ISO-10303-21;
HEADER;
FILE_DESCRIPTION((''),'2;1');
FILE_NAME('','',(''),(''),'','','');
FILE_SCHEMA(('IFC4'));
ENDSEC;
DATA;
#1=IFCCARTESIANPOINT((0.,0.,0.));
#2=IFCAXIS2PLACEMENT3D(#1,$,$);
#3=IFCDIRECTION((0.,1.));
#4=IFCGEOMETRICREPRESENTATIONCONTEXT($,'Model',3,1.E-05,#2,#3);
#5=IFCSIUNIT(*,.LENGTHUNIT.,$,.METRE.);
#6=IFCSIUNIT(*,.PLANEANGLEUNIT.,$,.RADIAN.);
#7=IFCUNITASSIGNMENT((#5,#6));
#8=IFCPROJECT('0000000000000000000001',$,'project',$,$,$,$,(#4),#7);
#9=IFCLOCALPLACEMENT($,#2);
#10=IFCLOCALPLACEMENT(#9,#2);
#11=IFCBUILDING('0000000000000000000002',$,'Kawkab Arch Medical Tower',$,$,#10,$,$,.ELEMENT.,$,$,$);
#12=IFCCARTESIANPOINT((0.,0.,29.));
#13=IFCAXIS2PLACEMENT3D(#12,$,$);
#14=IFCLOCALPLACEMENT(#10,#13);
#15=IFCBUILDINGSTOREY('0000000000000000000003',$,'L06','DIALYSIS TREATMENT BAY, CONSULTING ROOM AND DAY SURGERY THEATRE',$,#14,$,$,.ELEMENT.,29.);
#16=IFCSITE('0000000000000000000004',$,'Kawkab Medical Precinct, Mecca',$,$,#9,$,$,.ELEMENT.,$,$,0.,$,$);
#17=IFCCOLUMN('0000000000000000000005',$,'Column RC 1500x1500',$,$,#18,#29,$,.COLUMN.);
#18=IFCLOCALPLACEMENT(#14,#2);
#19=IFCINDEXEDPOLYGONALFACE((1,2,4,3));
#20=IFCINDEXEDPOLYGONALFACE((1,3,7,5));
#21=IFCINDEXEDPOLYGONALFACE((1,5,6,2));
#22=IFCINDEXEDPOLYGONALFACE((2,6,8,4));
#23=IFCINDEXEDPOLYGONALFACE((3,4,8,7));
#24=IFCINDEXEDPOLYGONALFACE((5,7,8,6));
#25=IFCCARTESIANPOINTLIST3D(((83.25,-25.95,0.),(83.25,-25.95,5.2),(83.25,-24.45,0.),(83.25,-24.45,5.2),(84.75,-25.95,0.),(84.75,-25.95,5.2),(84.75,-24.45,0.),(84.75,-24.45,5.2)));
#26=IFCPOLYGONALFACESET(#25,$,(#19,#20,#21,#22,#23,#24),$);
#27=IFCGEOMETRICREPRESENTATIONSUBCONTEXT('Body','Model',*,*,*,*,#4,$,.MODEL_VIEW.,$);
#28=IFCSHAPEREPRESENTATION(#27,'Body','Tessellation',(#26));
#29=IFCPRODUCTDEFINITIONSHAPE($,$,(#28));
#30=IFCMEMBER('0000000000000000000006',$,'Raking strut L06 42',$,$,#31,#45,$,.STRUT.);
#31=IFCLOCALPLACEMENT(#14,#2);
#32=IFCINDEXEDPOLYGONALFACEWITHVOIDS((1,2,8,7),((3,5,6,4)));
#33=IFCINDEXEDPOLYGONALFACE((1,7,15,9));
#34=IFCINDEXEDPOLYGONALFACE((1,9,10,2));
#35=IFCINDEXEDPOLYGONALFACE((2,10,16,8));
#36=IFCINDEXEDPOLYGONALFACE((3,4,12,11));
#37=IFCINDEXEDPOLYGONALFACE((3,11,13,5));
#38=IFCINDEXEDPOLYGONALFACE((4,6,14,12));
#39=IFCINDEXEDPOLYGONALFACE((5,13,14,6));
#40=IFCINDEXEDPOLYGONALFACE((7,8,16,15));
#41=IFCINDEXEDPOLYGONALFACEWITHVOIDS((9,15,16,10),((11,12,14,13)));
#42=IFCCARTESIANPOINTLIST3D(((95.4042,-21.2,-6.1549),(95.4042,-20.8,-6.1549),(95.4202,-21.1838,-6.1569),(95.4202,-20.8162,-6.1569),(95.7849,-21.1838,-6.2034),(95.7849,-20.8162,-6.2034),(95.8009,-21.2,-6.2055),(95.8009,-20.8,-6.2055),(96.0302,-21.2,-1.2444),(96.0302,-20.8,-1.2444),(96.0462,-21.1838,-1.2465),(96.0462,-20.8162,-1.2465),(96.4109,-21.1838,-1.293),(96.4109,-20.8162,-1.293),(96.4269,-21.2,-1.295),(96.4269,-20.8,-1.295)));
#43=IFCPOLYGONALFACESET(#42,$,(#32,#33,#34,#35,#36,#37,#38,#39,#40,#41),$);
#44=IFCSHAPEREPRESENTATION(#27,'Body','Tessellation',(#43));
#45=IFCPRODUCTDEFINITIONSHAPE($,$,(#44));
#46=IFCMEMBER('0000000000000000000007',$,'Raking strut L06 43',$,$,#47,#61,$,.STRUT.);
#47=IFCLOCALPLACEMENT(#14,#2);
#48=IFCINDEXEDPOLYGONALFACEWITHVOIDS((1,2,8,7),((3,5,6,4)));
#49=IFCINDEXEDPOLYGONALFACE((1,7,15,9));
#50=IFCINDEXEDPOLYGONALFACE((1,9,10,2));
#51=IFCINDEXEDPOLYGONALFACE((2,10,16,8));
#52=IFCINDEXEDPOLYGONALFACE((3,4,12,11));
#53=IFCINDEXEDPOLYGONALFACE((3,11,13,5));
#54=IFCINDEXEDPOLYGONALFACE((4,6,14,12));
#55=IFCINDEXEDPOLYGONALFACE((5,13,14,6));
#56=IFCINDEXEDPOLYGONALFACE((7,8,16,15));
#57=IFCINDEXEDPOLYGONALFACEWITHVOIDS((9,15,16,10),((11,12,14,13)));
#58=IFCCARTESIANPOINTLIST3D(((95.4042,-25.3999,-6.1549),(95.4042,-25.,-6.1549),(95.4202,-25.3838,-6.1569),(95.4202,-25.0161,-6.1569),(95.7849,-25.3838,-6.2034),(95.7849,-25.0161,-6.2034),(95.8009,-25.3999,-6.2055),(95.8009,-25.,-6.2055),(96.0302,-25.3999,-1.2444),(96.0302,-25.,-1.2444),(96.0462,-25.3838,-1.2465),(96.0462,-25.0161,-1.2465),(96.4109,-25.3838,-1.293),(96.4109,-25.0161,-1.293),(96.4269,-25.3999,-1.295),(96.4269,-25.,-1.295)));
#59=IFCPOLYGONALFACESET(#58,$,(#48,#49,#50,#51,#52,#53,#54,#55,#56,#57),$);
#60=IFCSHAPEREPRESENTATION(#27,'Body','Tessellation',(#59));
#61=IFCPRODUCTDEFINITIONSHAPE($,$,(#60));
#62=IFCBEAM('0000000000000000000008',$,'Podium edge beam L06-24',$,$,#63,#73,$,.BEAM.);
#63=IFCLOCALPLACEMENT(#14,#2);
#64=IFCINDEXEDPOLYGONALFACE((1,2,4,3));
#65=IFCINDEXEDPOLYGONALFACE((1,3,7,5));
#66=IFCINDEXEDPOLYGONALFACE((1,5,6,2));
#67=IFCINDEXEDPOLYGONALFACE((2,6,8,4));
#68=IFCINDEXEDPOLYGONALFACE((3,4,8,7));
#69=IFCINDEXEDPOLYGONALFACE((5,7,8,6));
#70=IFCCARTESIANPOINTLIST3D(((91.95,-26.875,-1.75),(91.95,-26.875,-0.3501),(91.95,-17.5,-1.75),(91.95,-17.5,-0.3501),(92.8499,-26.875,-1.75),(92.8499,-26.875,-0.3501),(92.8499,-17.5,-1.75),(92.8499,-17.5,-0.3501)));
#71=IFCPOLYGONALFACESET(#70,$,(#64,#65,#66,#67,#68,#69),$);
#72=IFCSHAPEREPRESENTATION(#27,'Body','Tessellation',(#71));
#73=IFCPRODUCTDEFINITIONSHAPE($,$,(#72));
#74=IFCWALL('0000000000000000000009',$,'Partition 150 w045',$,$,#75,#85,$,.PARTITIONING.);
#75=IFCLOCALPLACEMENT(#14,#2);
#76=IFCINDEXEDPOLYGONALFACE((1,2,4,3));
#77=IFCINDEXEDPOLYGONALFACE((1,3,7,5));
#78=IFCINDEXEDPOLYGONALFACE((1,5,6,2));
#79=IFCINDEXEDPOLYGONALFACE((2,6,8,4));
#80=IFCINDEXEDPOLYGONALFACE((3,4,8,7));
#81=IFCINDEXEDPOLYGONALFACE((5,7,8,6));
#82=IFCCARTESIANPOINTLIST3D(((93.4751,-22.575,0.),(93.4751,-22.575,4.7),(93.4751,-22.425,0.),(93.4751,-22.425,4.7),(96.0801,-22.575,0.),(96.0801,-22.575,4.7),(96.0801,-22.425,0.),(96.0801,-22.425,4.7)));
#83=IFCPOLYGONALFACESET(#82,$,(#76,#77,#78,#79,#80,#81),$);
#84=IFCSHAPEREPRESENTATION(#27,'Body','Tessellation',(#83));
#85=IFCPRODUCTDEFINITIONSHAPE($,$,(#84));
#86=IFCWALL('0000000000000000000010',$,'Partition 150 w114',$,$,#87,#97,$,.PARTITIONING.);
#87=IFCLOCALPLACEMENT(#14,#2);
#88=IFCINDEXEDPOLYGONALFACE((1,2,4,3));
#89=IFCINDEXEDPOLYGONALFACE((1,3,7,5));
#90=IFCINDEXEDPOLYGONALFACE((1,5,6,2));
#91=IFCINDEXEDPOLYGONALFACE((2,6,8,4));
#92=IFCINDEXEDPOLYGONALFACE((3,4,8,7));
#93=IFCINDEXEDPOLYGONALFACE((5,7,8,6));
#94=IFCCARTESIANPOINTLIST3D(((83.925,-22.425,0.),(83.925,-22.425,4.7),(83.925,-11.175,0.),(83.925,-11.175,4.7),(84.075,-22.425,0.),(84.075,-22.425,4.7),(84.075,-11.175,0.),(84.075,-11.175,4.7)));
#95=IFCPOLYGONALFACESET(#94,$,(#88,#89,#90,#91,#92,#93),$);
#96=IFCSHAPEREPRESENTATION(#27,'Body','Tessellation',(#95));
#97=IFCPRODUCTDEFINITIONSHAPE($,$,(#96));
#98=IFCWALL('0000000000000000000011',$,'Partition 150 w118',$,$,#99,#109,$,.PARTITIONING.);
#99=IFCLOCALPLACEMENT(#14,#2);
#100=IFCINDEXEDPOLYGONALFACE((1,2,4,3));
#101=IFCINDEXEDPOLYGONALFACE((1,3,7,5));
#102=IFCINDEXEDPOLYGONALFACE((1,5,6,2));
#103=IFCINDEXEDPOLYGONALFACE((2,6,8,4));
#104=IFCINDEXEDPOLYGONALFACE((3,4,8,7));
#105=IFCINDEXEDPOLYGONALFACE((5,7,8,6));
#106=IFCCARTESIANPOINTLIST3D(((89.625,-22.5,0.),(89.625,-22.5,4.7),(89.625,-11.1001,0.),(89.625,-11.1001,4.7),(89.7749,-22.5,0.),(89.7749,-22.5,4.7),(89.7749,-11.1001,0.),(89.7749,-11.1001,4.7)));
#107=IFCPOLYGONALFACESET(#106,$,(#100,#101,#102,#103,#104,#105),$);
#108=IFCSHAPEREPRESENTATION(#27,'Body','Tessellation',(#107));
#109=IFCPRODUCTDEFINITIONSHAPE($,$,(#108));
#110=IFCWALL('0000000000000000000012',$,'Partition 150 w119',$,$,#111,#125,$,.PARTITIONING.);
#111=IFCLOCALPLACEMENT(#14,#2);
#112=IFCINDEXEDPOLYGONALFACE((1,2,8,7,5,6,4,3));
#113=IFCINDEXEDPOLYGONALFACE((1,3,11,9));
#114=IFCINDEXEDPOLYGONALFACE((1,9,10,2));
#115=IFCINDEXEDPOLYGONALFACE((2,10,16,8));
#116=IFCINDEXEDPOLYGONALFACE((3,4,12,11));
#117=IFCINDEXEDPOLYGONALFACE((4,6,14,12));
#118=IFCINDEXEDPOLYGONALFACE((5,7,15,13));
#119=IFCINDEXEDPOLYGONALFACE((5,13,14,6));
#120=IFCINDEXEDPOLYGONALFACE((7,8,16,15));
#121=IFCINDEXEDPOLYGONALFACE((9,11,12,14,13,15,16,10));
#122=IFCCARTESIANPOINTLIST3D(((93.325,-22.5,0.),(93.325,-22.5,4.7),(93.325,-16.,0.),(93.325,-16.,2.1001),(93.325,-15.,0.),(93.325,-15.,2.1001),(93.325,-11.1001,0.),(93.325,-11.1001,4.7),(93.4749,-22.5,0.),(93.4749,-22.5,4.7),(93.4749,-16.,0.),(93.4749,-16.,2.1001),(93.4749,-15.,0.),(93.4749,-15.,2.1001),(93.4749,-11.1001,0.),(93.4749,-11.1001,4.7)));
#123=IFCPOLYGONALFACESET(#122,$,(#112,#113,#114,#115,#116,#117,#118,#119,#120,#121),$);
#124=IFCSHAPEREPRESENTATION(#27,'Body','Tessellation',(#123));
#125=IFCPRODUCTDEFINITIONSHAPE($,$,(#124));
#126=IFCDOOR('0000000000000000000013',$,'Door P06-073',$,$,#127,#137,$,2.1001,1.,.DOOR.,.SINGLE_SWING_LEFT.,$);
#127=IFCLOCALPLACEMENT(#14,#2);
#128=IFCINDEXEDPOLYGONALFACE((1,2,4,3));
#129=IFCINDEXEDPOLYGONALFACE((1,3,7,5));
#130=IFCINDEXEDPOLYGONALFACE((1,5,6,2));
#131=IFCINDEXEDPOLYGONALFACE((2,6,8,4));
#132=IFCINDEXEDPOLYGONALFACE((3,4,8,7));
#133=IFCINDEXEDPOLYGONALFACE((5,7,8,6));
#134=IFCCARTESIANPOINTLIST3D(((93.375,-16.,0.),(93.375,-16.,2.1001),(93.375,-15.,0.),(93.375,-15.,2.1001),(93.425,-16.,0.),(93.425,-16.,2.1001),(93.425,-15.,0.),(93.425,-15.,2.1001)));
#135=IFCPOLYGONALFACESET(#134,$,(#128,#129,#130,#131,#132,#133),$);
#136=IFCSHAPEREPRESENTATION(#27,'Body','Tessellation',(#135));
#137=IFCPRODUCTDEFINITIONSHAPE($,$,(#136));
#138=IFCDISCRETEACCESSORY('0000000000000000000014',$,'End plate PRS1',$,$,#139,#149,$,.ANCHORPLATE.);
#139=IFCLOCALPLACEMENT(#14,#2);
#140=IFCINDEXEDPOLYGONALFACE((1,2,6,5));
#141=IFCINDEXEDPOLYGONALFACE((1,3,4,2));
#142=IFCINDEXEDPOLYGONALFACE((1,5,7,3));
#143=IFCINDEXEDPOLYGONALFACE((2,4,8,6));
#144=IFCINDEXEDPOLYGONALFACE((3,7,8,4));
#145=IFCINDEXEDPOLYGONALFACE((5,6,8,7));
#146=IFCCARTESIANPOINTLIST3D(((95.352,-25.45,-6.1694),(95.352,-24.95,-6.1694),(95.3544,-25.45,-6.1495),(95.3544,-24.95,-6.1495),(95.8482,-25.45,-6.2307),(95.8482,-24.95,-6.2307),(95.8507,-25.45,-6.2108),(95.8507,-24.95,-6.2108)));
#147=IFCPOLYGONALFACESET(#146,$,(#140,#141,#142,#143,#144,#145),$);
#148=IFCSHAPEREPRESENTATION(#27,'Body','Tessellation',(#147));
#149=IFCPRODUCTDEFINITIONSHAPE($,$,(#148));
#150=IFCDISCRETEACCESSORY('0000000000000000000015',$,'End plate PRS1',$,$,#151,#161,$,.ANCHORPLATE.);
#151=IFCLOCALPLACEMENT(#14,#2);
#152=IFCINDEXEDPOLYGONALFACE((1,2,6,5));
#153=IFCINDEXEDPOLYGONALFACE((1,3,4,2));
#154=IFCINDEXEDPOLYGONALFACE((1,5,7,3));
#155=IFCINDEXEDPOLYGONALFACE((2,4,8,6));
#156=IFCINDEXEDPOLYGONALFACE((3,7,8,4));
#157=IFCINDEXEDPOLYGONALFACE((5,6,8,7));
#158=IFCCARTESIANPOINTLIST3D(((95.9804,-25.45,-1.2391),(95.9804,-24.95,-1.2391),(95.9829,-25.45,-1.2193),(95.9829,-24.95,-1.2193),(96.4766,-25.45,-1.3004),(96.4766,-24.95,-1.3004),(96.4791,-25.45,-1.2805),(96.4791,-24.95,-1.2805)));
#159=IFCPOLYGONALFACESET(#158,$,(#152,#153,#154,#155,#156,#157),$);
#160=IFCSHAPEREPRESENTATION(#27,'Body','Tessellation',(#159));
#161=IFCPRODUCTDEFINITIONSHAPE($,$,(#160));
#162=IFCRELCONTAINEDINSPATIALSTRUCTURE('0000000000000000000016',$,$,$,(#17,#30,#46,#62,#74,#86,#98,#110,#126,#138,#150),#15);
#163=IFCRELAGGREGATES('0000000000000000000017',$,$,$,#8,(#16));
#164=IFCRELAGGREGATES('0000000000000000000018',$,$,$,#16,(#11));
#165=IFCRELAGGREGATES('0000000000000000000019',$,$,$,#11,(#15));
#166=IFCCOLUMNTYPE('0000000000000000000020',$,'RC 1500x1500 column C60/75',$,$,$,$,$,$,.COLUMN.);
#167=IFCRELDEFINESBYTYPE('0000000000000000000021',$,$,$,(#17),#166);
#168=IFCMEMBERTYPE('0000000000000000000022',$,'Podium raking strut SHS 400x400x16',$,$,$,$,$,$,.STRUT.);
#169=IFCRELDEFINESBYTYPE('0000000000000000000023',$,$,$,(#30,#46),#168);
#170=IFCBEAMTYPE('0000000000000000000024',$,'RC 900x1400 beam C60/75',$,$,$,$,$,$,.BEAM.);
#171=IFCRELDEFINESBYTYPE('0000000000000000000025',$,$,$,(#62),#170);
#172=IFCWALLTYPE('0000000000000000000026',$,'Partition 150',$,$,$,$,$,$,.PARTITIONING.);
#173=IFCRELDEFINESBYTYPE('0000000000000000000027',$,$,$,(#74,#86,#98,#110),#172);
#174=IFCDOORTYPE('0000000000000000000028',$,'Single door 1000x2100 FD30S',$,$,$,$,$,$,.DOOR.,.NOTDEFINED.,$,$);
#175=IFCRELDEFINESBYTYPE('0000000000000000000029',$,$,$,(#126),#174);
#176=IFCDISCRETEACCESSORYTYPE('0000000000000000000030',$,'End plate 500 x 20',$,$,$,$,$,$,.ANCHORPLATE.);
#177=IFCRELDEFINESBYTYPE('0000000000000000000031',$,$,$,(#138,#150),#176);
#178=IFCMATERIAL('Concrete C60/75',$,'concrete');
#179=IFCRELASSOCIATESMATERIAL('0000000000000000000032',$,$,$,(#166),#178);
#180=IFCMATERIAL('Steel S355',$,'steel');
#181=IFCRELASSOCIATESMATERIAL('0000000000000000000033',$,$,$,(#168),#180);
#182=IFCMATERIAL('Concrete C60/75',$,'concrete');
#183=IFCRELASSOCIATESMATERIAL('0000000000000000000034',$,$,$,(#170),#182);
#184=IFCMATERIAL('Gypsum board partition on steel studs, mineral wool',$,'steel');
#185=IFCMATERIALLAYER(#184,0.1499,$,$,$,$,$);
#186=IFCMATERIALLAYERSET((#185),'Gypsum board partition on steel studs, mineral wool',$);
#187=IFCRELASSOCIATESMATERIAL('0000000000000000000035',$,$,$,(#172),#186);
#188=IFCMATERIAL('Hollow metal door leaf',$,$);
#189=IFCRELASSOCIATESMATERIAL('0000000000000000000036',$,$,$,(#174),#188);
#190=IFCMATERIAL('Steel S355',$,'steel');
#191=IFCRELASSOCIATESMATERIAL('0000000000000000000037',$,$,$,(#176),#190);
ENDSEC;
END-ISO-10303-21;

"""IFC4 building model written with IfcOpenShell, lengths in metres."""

from ifc_helpers import new_model, si_unit, direction, frame, frame_2d, origin, origin_2d, place, context, subcontext, project, spatial, rectangle, hollow_rectangle, extrude, material, layer, layer_set, material_profile, profile_set, type_object, element, fill, save


model = new_model("IFC4")

# Units and contexts
model_context = context("Model", 3, precision=1e-05, world=origin(), true_north=direction((0.0, 1.0)))
body_context = subcontext(model_context, "Body", "Model", "MODEL_VIEW")
ifc_project = project(units=[si_unit("LENGTHUNIT", "METRE"), si_unit("PLANEANGLEUNIT", "RADIAN")], contexts=[model_context])

# Site, building, storey
site_placement = place(None, origin())
site = spatial("IfcSite", under=ifc_project, at=site_placement, Name="Kawkab Medical Precinct, Mecca", CompositionType="ELEMENT", RefElevation=0.0)
building_placement = place(site_placement, origin())
building = spatial("IfcBuilding", under=site, at=building_placement, Name="Kawkab Arch Medical Tower", CompositionType="ELEMENT")
storey_placement = place(building_placement, frame((0.0, 0.0, 29.0)))
storey = spatial("IfcBuildingStorey", under=building, at=storey_placement, Name="L06", Description="DIALYSIS TREATMENT BAY, CONSULTING ROOM AND DAY SURGERY THEATRE", CompositionType="ELEMENT", Elevation=29.0)

# Column
ifc_material_1 = material(Name="Concrete C60/75", Category="concrete")
ifc_material_profile_1 = material_profile(ifc_material_1, rectangle(XDim=1.5, YDim=1.5, at=origin_2d()), Name="RC 1500x1500")
ifc_profile_set_1 = profile_set([ifc_material_profile_1], Name="Concrete C60/75")
column_type = type_object("IfcColumnType", Name="RC 1500x1500 column C60/75", PredefinedType="COLUMN", material=ifc_profile_set_1)
column_placement = place(storey_placement, frame((84.0, -25.2, 0.0), z_axis=(0.0, 0.0, 1.0), x_axis=(1.0, 0.0, 0.0)))
element("IfcColumn", 1, at=column_placement, inside=storey, type_object=column_type, Name="Column RC 1500x1500", PredefinedType="COLUMN", context=body_context, shape_type="SweptSolid", body=[
    extrude(rectangle(XDim=1.5, YDim=1.5, at=origin_2d()), origin(), (0.0, 0.0, 1.0), 5.2),
])

# Members
ifc_material_2 = material(Name="Steel S355", Category="steel")
ifc_material_profile_2 = material_profile(ifc_material_2, hollow_rectangle(XDim=0.3999, YDim=0.3999, WallThickness=0.0161, at=origin_2d()), Name="SHS 400x400x16")
ifc_profile_set_2 = profile_set([ifc_material_profile_2], Name="Steel S355")
member_type = type_object("IfcMemberType", Name="Podium raking strut SHS 400x400x16", PredefinedType="STRUT", material=ifc_profile_set_2)
for number, where, z_axis, x_axis, name in (
    (2, (95.6025, -21.0, -6.1802), (0.126456, 0.0, 0.991972), (0.0, 1.0, 0.0), "Raking strut L06 42"),
    (3, (95.6025, -25.2, -6.1802), (0.126456, 0.0, 0.991972), (0.0, 1.0, 0.0), "Raking strut L06 43"),
):
    element("IfcMember", number, at=place(storey_placement, frame(where, z_axis=z_axis, x_axis=x_axis)), inside=storey, type_object=member_type, Name=name, PredefinedType="STRUT", context=body_context, shape_type="SweptSolid", body=[
        extrude(hollow_rectangle(XDim=0.3999, YDim=0.3999, WallThickness=0.0161, at=origin_2d()), origin(), (0.0, 0.0, 1.0), 4.9502),
    ])

# Beam
ifc_material_3 = material(Name="Concrete C60/75", Category="concrete")
ifc_material_profile_3 = material_profile(ifc_material_3, rectangle(XDim=0.8999, YDim=1.3999, at=origin_2d()), Name="RC 900x1400")
ifc_profile_set_3 = profile_set([ifc_material_profile_3], Name="Concrete C60/75")
beam_type = type_object("IfcBeamType", Name="RC 900x1400 beam C60/75", PredefinedType="BEAM", material=ifc_profile_set_3)
beam_placement = place(storey_placement, frame((92.3999, -26.875, -1.05), z_axis=(0.0, 1.0, 0.0), x_axis=(-1.0, 0.0, 0.0)))
element("IfcBeam", 4, at=beam_placement, inside=storey, type_object=beam_type, Name="Podium edge beam L06-24", PredefinedType="BEAM", context=body_context, shape_type="SweptSolid", body=[
    extrude(rectangle(XDim=0.8999, YDim=1.3999, at=origin_2d()), origin(), (0.0, 0.0, 1.0), 9.375),
])

# Walls
ifc_material_4 = material(Name="Gypsum board partition on steel studs, mineral wool", Category="steel")
ifc_layer = layer(ifc_material_4, 0.1499)
ifc_layer_set = layer_set([ifc_layer], Name="Gypsum board partition on steel studs, mineral wool")
wall_type = type_object("IfcWallType", Name="Partition 150", PredefinedType="PARTITIONING", material=ifc_layer_set)
wall_1_placement = place(storey_placement, frame((93.4751, -22.5, 0.0), z_axis=(0.0, 0.0, 1.0), x_axis=(1.0, 0.0, 0.0)))
element("IfcWall", 5, at=wall_1_placement, inside=storey, type_object=wall_type, Name="Partition 150 w045", PredefinedType="PARTITIONING", context=body_context, shape_type="SweptSolid", body=[
    extrude(rectangle(XDim=2.605, YDim=0.1499, at=frame_2d((1.3025, 0.0))), origin(), (0.0, 0.0, 1.0), 4.7),
])
wall_2_placement = place(storey_placement, frame((84.0, -22.425, 0.0), z_axis=(0.0, 0.0, 1.0), x_axis=(0.0, 1.0, 0.0)))
element("IfcWall", 6, at=wall_2_placement, inside=storey, type_object=wall_type, Name="Partition 150 w114", PredefinedType="PARTITIONING", context=body_context, shape_type="SweptSolid", body=[
    extrude(rectangle(XDim=11.25, YDim=0.1499, at=frame_2d((5.625, 0.0))), origin(), (0.0, 0.0, 1.0), 4.7),
])
wall_3_placement = place(storey_placement, frame((89.7, -22.5, 0.0), z_axis=(0.0, 0.0, 1.0), x_axis=(0.0, 1.0, 0.0)))
element("IfcWall", 7, at=wall_3_placement, inside=storey, type_object=wall_type, Name="Partition 150 w118", PredefinedType="PARTITIONING", context=body_context, shape_type="SweptSolid", body=[
    extrude(rectangle(XDim=11.3999, YDim=0.1499, at=frame_2d((5.7, 0.0))), origin(), (0.0, 0.0, 1.0), 4.7),
])

# Wall, opening, door
wall_4_placement = place(storey_placement, frame((93.3999, -22.5, 0.0), z_axis=(0.0, 0.0, 1.0), x_axis=(0.0, 1.0, 0.0)))
wall_4 = element("IfcWall", 8, at=wall_4_placement, inside=storey, type_object=wall_type, Name="Partition 150 w119", PredefinedType="PARTITIONING", context=body_context, shape_type="SweptSolid", body=[
    extrude(rectangle(XDim=11.3999, YDim=0.1499, at=frame_2d((5.7, 0.0))), origin(), (0.0, 0.0, 1.0), 4.7),
])
opening_placement = place(wall_4_placement, frame((6.5, 0.0, 0.0)))
opening = element("IfcOpeningElement", 9, at=opening_placement, cuts=wall_4, PredefinedType="OPENING", context=body_context, shape_type="SweptSolid", body=[
    extrude(rectangle(XDim=1.0, YDim=2.1001, at=frame_2d((0.5, 1.05))), frame((0.0, 0.085, 0.0), z_axis=(0.0, -1.0, 0.0), x_axis=(1.0, 0.0, 0.0)), (0.0, 0.0, 1.0), 0.1699),
])
ifc_material_5 = material(Name="Hollow metal door leaf")
door_type = type_object("IfcDoorType", Name="Single door 1000x2100 FD30S", OperationType="NOTDEFINED", PredefinedType="DOOR", material=ifc_material_5)
door_placement = place(opening_placement, origin())
door = element("IfcDoor", 10, at=door_placement, inside=storey, type_object=door_type, Name="Door P06-073", OperationType="SINGLE_SWING_LEFT", OverallHeight=2.1001, OverallWidth=1.0, PredefinedType="DOOR", context=body_context, shape_type="SweptSolid", body=[
    extrude(rectangle(XDim=1.0, YDim=2.1001, at=frame_2d((0.5, 1.05))), frame((0.0, 0.0249, 0.0), z_axis=(0.0, -1.0, 0.0), x_axis=(1.0, 0.0, 0.0)), (0.0, 0.0, 1.0), 0.05),
])
fill(opening, door)

# Discrete accessories
ifc_material_6 = material(Name="Steel S355", Category="steel")
ifc_material_profile_4 = material_profile(ifc_material_6, rectangle(XDim=0.5, YDim=0.5, at=origin_2d()), Name="End plate 500 x 20")
ifc_profile_set_4 = profile_set([ifc_material_profile_4], Name="Steel S355")
discrete_accessory_type = type_object("IfcDiscreteAccessoryType", Name="End plate 500 x 20", PredefinedType="ANCHORPLATE", material=ifc_profile_set_4)
for number, where, z_axis, x_axis, name in (
    (11, (95.6025, -25.2, -6.1802), (-0.122527, 0.0, -0.992465), (0.0, -1.0, 0.0), "End plate PRS1"),
    (12, (96.2285, -25.2, -1.2698), (0.122527, 0.0, 0.992465), (0.0, 1.0, 0.0), "End plate PRS1"),
):
    element("IfcDiscreteAccessory", number, at=place(storey_placement, frame(where, z_axis=z_axis, x_axis=x_axis)), inside=storey, type_object=discrete_accessory_type, Name=name, PredefinedType="ANCHORPLATE", context=body_context, shape_type="SweptSolid", body=[
        extrude(rectangle(XDim=0.5, YDim=0.5, at=origin_2d()), origin(), (0.0, 0.0, 1.0), 0.02),
    ])

save(model, "model.ifc")
